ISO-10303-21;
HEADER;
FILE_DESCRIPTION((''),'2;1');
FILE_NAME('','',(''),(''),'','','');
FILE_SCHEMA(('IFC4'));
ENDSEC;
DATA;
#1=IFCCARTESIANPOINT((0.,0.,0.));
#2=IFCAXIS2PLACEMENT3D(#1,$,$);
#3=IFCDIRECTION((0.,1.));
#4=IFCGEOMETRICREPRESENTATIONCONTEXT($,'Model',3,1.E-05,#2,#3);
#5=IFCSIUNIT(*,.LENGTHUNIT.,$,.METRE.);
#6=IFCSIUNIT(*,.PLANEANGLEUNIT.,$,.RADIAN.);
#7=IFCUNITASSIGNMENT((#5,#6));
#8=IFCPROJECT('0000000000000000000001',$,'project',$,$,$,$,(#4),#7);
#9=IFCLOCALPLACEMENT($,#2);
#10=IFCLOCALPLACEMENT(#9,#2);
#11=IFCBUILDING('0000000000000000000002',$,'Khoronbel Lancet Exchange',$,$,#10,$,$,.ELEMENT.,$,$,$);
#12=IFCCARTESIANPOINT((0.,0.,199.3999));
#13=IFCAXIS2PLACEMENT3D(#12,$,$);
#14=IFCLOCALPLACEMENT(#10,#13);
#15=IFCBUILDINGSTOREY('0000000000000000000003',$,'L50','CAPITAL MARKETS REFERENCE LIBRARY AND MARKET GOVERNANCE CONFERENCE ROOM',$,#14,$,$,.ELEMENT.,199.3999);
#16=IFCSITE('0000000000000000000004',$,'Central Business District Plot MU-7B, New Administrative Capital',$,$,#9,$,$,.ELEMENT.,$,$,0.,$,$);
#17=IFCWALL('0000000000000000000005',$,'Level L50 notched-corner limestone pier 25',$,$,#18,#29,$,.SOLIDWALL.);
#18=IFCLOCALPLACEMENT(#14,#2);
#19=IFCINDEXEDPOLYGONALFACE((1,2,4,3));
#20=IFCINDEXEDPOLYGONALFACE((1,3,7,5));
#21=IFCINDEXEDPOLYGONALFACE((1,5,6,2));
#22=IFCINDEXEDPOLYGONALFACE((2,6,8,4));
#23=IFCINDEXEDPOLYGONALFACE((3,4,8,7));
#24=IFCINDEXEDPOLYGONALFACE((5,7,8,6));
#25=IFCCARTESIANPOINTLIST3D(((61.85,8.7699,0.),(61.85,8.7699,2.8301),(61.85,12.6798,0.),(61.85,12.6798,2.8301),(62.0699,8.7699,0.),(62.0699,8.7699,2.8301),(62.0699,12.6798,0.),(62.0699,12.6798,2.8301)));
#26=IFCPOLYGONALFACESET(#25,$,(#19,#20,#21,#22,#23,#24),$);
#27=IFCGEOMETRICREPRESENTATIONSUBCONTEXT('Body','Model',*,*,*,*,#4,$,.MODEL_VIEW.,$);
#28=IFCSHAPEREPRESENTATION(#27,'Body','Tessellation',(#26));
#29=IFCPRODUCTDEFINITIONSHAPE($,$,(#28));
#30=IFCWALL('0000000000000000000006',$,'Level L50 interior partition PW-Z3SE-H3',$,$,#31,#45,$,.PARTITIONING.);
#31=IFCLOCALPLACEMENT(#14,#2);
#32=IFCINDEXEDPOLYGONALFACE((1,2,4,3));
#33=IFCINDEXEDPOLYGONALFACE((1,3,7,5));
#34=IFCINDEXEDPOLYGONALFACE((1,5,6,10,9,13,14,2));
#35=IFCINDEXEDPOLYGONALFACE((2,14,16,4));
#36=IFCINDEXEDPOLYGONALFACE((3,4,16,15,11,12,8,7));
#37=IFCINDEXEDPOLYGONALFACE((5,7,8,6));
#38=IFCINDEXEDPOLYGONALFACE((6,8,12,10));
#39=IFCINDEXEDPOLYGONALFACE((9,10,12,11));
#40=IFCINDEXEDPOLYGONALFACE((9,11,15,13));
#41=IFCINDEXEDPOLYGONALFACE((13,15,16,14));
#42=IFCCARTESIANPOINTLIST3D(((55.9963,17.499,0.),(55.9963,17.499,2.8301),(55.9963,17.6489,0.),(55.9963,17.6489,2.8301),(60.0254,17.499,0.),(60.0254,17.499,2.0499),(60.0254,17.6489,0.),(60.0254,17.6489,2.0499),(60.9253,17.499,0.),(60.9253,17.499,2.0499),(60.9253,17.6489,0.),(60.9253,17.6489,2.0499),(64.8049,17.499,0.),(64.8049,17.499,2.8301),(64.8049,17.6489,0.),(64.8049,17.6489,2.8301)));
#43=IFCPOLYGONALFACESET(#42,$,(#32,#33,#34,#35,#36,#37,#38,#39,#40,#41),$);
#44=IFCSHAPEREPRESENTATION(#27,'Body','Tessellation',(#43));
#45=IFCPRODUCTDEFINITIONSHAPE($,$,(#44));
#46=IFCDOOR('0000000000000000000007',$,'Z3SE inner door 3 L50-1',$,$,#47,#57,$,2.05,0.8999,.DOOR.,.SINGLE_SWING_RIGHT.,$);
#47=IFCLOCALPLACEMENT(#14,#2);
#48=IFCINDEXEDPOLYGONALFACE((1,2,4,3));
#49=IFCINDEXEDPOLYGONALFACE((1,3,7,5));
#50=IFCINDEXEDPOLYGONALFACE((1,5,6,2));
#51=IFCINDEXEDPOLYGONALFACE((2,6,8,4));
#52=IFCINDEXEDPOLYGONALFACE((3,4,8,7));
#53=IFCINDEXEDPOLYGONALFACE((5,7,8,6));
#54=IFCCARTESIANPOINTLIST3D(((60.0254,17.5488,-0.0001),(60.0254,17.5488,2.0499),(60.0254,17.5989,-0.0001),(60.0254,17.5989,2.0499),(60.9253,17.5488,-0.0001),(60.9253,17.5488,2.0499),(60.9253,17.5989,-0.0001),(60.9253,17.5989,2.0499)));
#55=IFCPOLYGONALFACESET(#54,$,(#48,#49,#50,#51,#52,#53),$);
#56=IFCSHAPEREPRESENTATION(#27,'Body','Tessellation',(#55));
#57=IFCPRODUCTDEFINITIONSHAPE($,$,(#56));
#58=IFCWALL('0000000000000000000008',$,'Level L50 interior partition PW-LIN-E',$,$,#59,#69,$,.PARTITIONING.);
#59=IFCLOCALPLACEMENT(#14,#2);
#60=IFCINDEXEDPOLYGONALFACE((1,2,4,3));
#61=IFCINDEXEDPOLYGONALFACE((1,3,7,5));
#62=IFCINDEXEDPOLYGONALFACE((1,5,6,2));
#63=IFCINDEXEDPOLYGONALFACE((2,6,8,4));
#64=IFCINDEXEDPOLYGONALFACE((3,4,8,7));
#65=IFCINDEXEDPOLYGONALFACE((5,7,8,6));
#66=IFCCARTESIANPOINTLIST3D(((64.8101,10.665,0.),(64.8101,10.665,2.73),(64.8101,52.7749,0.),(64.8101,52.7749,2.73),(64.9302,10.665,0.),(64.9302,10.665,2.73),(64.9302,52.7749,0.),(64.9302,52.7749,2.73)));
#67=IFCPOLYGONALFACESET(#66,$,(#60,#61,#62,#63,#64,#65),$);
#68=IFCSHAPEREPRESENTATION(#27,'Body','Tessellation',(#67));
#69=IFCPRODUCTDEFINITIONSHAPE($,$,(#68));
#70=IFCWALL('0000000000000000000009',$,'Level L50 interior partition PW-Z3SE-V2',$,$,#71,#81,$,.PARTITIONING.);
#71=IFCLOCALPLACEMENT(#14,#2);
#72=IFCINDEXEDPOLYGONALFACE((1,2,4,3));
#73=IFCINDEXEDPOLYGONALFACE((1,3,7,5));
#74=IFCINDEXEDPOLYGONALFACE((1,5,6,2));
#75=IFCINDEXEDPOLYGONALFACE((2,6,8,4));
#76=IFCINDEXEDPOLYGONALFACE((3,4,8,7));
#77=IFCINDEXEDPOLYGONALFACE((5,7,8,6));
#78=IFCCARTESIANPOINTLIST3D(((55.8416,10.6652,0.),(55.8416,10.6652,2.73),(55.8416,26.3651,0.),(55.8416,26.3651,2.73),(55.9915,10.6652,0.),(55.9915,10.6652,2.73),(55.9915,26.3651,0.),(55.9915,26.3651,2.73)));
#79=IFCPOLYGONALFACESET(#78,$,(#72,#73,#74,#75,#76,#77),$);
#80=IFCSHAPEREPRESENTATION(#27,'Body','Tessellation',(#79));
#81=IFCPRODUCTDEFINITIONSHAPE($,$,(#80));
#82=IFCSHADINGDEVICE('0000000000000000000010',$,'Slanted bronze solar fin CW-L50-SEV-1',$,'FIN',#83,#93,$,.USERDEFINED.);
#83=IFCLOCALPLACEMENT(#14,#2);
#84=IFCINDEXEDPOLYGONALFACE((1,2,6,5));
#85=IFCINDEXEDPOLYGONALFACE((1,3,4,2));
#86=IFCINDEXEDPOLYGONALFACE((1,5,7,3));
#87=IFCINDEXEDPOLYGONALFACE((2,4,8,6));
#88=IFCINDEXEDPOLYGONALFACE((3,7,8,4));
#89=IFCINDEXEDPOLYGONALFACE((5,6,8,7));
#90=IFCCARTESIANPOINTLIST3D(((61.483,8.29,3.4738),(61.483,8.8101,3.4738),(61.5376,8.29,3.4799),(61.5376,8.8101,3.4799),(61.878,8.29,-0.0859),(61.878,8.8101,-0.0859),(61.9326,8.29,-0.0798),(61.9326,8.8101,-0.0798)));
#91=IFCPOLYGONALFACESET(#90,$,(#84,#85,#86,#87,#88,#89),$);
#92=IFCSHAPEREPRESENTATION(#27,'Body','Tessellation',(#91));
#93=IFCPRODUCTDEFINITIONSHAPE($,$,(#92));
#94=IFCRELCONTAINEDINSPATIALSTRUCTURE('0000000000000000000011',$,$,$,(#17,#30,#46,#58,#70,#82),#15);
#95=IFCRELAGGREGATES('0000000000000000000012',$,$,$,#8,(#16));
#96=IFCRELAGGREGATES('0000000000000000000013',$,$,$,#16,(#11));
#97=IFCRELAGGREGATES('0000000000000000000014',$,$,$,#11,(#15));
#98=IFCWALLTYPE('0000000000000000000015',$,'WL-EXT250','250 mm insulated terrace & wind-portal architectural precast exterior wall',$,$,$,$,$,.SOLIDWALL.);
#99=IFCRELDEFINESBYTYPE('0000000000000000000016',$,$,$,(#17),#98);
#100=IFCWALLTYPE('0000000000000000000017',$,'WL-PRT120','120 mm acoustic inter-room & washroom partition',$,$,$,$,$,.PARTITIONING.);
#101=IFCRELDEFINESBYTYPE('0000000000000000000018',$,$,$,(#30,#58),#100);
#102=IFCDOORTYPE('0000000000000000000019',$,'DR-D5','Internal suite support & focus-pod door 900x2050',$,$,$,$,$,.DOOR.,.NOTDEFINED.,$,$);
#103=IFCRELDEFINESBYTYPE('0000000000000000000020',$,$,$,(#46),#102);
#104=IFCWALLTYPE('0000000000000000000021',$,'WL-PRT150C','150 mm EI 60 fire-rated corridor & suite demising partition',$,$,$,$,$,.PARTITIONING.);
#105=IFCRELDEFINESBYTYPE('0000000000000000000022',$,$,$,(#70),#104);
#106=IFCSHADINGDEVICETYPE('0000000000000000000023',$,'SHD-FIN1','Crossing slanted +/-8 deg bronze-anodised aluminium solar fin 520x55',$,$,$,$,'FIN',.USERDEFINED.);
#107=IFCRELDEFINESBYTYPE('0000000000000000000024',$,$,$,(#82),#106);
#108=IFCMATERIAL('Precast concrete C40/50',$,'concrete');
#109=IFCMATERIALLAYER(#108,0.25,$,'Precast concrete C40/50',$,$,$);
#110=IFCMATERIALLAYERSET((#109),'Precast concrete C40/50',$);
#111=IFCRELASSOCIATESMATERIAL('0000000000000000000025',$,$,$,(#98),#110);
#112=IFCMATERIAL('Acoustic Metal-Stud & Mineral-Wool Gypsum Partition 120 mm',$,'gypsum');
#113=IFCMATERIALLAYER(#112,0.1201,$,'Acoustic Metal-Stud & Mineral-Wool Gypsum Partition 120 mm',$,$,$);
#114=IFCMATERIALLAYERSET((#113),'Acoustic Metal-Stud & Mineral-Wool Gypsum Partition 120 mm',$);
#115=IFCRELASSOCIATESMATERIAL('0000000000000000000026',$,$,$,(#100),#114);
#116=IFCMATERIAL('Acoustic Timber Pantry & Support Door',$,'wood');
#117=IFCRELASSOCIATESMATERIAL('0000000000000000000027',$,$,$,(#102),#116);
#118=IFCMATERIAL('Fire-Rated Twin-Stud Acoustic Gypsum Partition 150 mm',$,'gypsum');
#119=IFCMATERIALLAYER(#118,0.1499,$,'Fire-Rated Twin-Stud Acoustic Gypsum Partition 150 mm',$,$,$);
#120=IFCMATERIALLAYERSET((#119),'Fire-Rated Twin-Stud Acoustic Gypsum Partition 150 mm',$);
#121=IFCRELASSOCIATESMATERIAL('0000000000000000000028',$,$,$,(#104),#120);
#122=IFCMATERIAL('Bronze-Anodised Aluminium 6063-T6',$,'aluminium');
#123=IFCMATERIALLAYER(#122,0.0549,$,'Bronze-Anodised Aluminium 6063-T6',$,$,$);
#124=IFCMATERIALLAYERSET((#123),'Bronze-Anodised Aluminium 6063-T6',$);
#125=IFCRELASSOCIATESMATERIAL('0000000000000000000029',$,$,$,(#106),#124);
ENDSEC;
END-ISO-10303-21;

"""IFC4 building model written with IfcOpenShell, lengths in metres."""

from ifc_helpers import new_model, si_unit, direction, frame, frame_2d, origin, place, context, subcontext, project, spatial, polyline, rectangle, outline, extrude, material, layer, layer_set, type_object, element, fill, save


model = new_model("IFC4")

# Units and contexts
model_context = context("Model", 3, precision=1e-05, world=origin(), true_north=direction((0.0, 1.0)))
body_context = subcontext(model_context, "Body", "Model", "MODEL_VIEW")
ifc_project = project(units=[si_unit("LENGTHUNIT", "METRE"), si_unit("PLANEANGLEUNIT", "RADIAN")], contexts=[model_context])

# Site, building, storey
site_placement = place(None, origin())
site = spatial("IfcSite", under=ifc_project, at=site_placement, Name="Central Business District Plot MU-7B, New Administrative Capital", CompositionType="ELEMENT", RefElevation=0.0)
building_placement = place(site_placement, origin())
building = spatial("IfcBuilding", under=site, at=building_placement, Name="Khoronbel Lancet Exchange", CompositionType="ELEMENT")
storey_placement = place(building_placement, frame((0.0, 0.0, 199.3999)))
storey = spatial("IfcBuildingStorey", under=building, at=storey_placement, Name="L50", Description="CAPITAL MARKETS REFERENCE LIBRARY AND MARKET GOVERNANCE CONFERENCE ROOM", CompositionType="ELEMENT", Elevation=199.3999)

# Shared definitions
ifc_material_1 = material(Name="Bronze-Anodised Aluminium 6063-T6", Category="aluminium")

# Wall
ifc_material_2 = material(Name="Precast concrete C40/50", Category="concrete")
ifc_layer_1 = layer(ifc_material_2, 0.25, Name="Precast concrete C40/50")
ifc_layer_set_1 = layer_set([ifc_layer_1], Name="Precast concrete C40/50")
wall_type_1 = type_object("IfcWallType", Name="WL-EXT250", Description="250 mm insulated terrace & wind-portal architectural precast exterior wall", PredefinedType="SOLIDWALL", material=ifc_layer_set_1)
wall_1_placement = place(storey_placement, frame((61.96, 12.6799, 0.0), z_axis=(0.0, 0.0, 1.0), x_axis=(0.0, -1.0, 0.0)))
element("IfcWall", 1, at=wall_1_placement, inside=storey, type_object=wall_type_1, Name="Level L50 notched-corner limestone pier 25", PredefinedType="SOLIDWALL", context=body_context, shape_type="SweptSolid", body=[
    extrude(rectangle(XDim=3.9099, YDim=0.22, at=frame_2d((1.9551, 0.0))), origin(), (0.0, 0.0, 1.0), 2.8301),
])

# Wall, opening, door
ifc_material_3 = material(Name="Acoustic Metal-Stud & Mineral-Wool Gypsum Partition 120 mm", Category="gypsum")
ifc_layer_2 = layer(ifc_material_3, 0.1201, Name="Acoustic Metal-Stud & Mineral-Wool Gypsum Partition 120 mm")
ifc_layer_set_2 = layer_set([ifc_layer_2], Name="Acoustic Metal-Stud & Mineral-Wool Gypsum Partition 120 mm")
wall_type_2 = type_object("IfcWallType", Name="WL-PRT120", Description="120 mm acoustic inter-room & washroom partition", PredefinedType="PARTITIONING", material=ifc_layer_set_2)
wall_2_placement = place(storey_placement, frame((55.9963, 17.574, 0.0), z_axis=(0.0, 0.0, 1.0), x_axis=(1.0, 0.0, 0.0)))
wall_2 = element("IfcWall", 2, at=wall_2_placement, inside=storey, type_object=wall_type_2, Name="Level L50 interior partition PW-Z3SE-H3", PredefinedType="PARTITIONING", context=body_context, shape_type="SweptSolid", body=[
    extrude(rectangle(XDim=8.8086, YDim=0.1499, at=frame_2d((4.4043, 0.0))), origin(), (0.0, 0.0, 1.0), 2.8301),
])
opening_placement = place(wall_2_placement, frame((4.0291, 0.0, 0.0)))
opening = element("IfcOpeningElement", 3, at=opening_placement, cuts=wall_2, PredefinedType="OPENING", context=body_context, shape_type="SweptSolid", body=[
    extrude(rectangle(XDim=0.8999, YDim=2.05, at=frame_2d((0.45, 1.0249))), frame((0.0, 0.085, 0.0), z_axis=(0.0, -1.0, 0.0), x_axis=(1.0, 0.0, 0.0)), (0.0, 0.0, 1.0), 0.1699),
])
ifc_material_4 = material(Name="Acoustic Timber Pantry & Support Door", Category="wood")
door_type = type_object("IfcDoorType", Name="DR-D5", Description="Internal suite support & focus-pod door 900x2050", OperationType="NOTDEFINED", PredefinedType="DOOR", material=ifc_material_4)
door_placement = place(opening_placement, origin())
door = element("IfcDoor", 4, at=door_placement, inside=storey, type_object=door_type, Name="Z3SE inner door 3 L50-1", OperationType="SINGLE_SWING_RIGHT", OverallHeight=2.05, OverallWidth=0.8999, PredefinedType="DOOR", context=body_context, shape_type="SweptSolid", body=[
    extrude(rectangle(XDim=0.8999, YDim=2.05, at=frame_2d((0.45, 1.0249))), frame((0.0, 0.0249, 0.0), z_axis=(0.0, -1.0, 0.0), x_axis=(1.0, 0.0, 0.0)), (0.0, 0.0, 1.0), 0.05),
])
fill(opening, door)

# Walls
wall_3_placement = place(storey_placement, frame((64.8701, 10.665, 0.0), z_axis=(0.0, 0.0, 1.0), x_axis=(0.0, 1.0, 0.0)))
element("IfcWall", 5, at=wall_3_placement, inside=storey, type_object=wall_type_2, Name="Level L50 interior partition PW-LIN-E", PredefinedType="PARTITIONING", context=body_context, shape_type="SweptSolid", body=[
    extrude(rectangle(XDim=42.1099, YDim=0.1201, at=frame_2d((21.0549, 0.0))), origin(), (0.0, 0.0, 1.0), 2.73),
])
ifc_material_5 = material(Name="Fire-Rated Twin-Stud Acoustic Gypsum Partition 150 mm", Category="gypsum")
ifc_layer_3 = layer(ifc_material_5, 0.1499, Name="Fire-Rated Twin-Stud Acoustic Gypsum Partition 150 mm")
ifc_layer_set_3 = layer_set([ifc_layer_3], Name="Fire-Rated Twin-Stud Acoustic Gypsum Partition 150 mm")
wall_type_3 = type_object("IfcWallType", Name="WL-PRT150C", Description="150 mm EI 60 fire-rated corridor & suite demising partition", PredefinedType="PARTITIONING", material=ifc_layer_set_3)
wall_4_placement = place(storey_placement, frame((55.9165, 10.665, 0.0), z_axis=(0.0, 0.0, 1.0), x_axis=(0.0, 1.0, 0.0)))
element("IfcWall", 6, at=wall_4_placement, inside=storey, type_object=wall_type_3, Name="Level L50 interior partition PW-Z3SE-V2", PredefinedType="PARTITIONING", context=body_context, shape_type="SweptSolid", body=[
    extrude(rectangle(XDim=15.7, YDim=0.1499, at=frame_2d((7.8501, 0.0))), origin(), (0.0, 0.0, 1.0), 2.73),
])

# Shading device
ifc_layer_4 = layer(ifc_material_1, 0.0549, Name="Bronze-Anodised Aluminium 6063-T6")
ifc_layer_set_4 = layer_set([ifc_layer_4], Name="Bronze-Anodised Aluminium 6063-T6")
shading_device_type = type_object("IfcShadingDeviceType", Name="SHD-FIN1", Description="Crossing slanted +/-8 deg bronze-anodised aluminium solar fin 520x55", ElementType="FIN", PredefinedType="USERDEFINED", material=ifc_layer_set_4)
shading_device_placement = place(storey_placement, frame((61.9326, 8.8101, -0.0798), z_axis=(0.9939, 0.0, 0.110289), x_axis=(0.0, -1.0, 0.0)))
element("IfcShadingDevice", 7, at=shading_device_placement, inside=storey, type_object=shading_device_type, Name="Slanted bronze solar fin CW-L50-SEV-1", ObjectType="FIN", PredefinedType="USERDEFINED", context=body_context, shape_type="SweptSolid", body=[
    extrude(outline(polyline([(0.0, 0.0), (0.52, 0.0), (0.52, -3.5815), (0.0, -3.5815), (0.0, 0.0)])), origin(), (0.0, 0.0, -1.0), 0.0549),
])

save(model, "model.ifc")
